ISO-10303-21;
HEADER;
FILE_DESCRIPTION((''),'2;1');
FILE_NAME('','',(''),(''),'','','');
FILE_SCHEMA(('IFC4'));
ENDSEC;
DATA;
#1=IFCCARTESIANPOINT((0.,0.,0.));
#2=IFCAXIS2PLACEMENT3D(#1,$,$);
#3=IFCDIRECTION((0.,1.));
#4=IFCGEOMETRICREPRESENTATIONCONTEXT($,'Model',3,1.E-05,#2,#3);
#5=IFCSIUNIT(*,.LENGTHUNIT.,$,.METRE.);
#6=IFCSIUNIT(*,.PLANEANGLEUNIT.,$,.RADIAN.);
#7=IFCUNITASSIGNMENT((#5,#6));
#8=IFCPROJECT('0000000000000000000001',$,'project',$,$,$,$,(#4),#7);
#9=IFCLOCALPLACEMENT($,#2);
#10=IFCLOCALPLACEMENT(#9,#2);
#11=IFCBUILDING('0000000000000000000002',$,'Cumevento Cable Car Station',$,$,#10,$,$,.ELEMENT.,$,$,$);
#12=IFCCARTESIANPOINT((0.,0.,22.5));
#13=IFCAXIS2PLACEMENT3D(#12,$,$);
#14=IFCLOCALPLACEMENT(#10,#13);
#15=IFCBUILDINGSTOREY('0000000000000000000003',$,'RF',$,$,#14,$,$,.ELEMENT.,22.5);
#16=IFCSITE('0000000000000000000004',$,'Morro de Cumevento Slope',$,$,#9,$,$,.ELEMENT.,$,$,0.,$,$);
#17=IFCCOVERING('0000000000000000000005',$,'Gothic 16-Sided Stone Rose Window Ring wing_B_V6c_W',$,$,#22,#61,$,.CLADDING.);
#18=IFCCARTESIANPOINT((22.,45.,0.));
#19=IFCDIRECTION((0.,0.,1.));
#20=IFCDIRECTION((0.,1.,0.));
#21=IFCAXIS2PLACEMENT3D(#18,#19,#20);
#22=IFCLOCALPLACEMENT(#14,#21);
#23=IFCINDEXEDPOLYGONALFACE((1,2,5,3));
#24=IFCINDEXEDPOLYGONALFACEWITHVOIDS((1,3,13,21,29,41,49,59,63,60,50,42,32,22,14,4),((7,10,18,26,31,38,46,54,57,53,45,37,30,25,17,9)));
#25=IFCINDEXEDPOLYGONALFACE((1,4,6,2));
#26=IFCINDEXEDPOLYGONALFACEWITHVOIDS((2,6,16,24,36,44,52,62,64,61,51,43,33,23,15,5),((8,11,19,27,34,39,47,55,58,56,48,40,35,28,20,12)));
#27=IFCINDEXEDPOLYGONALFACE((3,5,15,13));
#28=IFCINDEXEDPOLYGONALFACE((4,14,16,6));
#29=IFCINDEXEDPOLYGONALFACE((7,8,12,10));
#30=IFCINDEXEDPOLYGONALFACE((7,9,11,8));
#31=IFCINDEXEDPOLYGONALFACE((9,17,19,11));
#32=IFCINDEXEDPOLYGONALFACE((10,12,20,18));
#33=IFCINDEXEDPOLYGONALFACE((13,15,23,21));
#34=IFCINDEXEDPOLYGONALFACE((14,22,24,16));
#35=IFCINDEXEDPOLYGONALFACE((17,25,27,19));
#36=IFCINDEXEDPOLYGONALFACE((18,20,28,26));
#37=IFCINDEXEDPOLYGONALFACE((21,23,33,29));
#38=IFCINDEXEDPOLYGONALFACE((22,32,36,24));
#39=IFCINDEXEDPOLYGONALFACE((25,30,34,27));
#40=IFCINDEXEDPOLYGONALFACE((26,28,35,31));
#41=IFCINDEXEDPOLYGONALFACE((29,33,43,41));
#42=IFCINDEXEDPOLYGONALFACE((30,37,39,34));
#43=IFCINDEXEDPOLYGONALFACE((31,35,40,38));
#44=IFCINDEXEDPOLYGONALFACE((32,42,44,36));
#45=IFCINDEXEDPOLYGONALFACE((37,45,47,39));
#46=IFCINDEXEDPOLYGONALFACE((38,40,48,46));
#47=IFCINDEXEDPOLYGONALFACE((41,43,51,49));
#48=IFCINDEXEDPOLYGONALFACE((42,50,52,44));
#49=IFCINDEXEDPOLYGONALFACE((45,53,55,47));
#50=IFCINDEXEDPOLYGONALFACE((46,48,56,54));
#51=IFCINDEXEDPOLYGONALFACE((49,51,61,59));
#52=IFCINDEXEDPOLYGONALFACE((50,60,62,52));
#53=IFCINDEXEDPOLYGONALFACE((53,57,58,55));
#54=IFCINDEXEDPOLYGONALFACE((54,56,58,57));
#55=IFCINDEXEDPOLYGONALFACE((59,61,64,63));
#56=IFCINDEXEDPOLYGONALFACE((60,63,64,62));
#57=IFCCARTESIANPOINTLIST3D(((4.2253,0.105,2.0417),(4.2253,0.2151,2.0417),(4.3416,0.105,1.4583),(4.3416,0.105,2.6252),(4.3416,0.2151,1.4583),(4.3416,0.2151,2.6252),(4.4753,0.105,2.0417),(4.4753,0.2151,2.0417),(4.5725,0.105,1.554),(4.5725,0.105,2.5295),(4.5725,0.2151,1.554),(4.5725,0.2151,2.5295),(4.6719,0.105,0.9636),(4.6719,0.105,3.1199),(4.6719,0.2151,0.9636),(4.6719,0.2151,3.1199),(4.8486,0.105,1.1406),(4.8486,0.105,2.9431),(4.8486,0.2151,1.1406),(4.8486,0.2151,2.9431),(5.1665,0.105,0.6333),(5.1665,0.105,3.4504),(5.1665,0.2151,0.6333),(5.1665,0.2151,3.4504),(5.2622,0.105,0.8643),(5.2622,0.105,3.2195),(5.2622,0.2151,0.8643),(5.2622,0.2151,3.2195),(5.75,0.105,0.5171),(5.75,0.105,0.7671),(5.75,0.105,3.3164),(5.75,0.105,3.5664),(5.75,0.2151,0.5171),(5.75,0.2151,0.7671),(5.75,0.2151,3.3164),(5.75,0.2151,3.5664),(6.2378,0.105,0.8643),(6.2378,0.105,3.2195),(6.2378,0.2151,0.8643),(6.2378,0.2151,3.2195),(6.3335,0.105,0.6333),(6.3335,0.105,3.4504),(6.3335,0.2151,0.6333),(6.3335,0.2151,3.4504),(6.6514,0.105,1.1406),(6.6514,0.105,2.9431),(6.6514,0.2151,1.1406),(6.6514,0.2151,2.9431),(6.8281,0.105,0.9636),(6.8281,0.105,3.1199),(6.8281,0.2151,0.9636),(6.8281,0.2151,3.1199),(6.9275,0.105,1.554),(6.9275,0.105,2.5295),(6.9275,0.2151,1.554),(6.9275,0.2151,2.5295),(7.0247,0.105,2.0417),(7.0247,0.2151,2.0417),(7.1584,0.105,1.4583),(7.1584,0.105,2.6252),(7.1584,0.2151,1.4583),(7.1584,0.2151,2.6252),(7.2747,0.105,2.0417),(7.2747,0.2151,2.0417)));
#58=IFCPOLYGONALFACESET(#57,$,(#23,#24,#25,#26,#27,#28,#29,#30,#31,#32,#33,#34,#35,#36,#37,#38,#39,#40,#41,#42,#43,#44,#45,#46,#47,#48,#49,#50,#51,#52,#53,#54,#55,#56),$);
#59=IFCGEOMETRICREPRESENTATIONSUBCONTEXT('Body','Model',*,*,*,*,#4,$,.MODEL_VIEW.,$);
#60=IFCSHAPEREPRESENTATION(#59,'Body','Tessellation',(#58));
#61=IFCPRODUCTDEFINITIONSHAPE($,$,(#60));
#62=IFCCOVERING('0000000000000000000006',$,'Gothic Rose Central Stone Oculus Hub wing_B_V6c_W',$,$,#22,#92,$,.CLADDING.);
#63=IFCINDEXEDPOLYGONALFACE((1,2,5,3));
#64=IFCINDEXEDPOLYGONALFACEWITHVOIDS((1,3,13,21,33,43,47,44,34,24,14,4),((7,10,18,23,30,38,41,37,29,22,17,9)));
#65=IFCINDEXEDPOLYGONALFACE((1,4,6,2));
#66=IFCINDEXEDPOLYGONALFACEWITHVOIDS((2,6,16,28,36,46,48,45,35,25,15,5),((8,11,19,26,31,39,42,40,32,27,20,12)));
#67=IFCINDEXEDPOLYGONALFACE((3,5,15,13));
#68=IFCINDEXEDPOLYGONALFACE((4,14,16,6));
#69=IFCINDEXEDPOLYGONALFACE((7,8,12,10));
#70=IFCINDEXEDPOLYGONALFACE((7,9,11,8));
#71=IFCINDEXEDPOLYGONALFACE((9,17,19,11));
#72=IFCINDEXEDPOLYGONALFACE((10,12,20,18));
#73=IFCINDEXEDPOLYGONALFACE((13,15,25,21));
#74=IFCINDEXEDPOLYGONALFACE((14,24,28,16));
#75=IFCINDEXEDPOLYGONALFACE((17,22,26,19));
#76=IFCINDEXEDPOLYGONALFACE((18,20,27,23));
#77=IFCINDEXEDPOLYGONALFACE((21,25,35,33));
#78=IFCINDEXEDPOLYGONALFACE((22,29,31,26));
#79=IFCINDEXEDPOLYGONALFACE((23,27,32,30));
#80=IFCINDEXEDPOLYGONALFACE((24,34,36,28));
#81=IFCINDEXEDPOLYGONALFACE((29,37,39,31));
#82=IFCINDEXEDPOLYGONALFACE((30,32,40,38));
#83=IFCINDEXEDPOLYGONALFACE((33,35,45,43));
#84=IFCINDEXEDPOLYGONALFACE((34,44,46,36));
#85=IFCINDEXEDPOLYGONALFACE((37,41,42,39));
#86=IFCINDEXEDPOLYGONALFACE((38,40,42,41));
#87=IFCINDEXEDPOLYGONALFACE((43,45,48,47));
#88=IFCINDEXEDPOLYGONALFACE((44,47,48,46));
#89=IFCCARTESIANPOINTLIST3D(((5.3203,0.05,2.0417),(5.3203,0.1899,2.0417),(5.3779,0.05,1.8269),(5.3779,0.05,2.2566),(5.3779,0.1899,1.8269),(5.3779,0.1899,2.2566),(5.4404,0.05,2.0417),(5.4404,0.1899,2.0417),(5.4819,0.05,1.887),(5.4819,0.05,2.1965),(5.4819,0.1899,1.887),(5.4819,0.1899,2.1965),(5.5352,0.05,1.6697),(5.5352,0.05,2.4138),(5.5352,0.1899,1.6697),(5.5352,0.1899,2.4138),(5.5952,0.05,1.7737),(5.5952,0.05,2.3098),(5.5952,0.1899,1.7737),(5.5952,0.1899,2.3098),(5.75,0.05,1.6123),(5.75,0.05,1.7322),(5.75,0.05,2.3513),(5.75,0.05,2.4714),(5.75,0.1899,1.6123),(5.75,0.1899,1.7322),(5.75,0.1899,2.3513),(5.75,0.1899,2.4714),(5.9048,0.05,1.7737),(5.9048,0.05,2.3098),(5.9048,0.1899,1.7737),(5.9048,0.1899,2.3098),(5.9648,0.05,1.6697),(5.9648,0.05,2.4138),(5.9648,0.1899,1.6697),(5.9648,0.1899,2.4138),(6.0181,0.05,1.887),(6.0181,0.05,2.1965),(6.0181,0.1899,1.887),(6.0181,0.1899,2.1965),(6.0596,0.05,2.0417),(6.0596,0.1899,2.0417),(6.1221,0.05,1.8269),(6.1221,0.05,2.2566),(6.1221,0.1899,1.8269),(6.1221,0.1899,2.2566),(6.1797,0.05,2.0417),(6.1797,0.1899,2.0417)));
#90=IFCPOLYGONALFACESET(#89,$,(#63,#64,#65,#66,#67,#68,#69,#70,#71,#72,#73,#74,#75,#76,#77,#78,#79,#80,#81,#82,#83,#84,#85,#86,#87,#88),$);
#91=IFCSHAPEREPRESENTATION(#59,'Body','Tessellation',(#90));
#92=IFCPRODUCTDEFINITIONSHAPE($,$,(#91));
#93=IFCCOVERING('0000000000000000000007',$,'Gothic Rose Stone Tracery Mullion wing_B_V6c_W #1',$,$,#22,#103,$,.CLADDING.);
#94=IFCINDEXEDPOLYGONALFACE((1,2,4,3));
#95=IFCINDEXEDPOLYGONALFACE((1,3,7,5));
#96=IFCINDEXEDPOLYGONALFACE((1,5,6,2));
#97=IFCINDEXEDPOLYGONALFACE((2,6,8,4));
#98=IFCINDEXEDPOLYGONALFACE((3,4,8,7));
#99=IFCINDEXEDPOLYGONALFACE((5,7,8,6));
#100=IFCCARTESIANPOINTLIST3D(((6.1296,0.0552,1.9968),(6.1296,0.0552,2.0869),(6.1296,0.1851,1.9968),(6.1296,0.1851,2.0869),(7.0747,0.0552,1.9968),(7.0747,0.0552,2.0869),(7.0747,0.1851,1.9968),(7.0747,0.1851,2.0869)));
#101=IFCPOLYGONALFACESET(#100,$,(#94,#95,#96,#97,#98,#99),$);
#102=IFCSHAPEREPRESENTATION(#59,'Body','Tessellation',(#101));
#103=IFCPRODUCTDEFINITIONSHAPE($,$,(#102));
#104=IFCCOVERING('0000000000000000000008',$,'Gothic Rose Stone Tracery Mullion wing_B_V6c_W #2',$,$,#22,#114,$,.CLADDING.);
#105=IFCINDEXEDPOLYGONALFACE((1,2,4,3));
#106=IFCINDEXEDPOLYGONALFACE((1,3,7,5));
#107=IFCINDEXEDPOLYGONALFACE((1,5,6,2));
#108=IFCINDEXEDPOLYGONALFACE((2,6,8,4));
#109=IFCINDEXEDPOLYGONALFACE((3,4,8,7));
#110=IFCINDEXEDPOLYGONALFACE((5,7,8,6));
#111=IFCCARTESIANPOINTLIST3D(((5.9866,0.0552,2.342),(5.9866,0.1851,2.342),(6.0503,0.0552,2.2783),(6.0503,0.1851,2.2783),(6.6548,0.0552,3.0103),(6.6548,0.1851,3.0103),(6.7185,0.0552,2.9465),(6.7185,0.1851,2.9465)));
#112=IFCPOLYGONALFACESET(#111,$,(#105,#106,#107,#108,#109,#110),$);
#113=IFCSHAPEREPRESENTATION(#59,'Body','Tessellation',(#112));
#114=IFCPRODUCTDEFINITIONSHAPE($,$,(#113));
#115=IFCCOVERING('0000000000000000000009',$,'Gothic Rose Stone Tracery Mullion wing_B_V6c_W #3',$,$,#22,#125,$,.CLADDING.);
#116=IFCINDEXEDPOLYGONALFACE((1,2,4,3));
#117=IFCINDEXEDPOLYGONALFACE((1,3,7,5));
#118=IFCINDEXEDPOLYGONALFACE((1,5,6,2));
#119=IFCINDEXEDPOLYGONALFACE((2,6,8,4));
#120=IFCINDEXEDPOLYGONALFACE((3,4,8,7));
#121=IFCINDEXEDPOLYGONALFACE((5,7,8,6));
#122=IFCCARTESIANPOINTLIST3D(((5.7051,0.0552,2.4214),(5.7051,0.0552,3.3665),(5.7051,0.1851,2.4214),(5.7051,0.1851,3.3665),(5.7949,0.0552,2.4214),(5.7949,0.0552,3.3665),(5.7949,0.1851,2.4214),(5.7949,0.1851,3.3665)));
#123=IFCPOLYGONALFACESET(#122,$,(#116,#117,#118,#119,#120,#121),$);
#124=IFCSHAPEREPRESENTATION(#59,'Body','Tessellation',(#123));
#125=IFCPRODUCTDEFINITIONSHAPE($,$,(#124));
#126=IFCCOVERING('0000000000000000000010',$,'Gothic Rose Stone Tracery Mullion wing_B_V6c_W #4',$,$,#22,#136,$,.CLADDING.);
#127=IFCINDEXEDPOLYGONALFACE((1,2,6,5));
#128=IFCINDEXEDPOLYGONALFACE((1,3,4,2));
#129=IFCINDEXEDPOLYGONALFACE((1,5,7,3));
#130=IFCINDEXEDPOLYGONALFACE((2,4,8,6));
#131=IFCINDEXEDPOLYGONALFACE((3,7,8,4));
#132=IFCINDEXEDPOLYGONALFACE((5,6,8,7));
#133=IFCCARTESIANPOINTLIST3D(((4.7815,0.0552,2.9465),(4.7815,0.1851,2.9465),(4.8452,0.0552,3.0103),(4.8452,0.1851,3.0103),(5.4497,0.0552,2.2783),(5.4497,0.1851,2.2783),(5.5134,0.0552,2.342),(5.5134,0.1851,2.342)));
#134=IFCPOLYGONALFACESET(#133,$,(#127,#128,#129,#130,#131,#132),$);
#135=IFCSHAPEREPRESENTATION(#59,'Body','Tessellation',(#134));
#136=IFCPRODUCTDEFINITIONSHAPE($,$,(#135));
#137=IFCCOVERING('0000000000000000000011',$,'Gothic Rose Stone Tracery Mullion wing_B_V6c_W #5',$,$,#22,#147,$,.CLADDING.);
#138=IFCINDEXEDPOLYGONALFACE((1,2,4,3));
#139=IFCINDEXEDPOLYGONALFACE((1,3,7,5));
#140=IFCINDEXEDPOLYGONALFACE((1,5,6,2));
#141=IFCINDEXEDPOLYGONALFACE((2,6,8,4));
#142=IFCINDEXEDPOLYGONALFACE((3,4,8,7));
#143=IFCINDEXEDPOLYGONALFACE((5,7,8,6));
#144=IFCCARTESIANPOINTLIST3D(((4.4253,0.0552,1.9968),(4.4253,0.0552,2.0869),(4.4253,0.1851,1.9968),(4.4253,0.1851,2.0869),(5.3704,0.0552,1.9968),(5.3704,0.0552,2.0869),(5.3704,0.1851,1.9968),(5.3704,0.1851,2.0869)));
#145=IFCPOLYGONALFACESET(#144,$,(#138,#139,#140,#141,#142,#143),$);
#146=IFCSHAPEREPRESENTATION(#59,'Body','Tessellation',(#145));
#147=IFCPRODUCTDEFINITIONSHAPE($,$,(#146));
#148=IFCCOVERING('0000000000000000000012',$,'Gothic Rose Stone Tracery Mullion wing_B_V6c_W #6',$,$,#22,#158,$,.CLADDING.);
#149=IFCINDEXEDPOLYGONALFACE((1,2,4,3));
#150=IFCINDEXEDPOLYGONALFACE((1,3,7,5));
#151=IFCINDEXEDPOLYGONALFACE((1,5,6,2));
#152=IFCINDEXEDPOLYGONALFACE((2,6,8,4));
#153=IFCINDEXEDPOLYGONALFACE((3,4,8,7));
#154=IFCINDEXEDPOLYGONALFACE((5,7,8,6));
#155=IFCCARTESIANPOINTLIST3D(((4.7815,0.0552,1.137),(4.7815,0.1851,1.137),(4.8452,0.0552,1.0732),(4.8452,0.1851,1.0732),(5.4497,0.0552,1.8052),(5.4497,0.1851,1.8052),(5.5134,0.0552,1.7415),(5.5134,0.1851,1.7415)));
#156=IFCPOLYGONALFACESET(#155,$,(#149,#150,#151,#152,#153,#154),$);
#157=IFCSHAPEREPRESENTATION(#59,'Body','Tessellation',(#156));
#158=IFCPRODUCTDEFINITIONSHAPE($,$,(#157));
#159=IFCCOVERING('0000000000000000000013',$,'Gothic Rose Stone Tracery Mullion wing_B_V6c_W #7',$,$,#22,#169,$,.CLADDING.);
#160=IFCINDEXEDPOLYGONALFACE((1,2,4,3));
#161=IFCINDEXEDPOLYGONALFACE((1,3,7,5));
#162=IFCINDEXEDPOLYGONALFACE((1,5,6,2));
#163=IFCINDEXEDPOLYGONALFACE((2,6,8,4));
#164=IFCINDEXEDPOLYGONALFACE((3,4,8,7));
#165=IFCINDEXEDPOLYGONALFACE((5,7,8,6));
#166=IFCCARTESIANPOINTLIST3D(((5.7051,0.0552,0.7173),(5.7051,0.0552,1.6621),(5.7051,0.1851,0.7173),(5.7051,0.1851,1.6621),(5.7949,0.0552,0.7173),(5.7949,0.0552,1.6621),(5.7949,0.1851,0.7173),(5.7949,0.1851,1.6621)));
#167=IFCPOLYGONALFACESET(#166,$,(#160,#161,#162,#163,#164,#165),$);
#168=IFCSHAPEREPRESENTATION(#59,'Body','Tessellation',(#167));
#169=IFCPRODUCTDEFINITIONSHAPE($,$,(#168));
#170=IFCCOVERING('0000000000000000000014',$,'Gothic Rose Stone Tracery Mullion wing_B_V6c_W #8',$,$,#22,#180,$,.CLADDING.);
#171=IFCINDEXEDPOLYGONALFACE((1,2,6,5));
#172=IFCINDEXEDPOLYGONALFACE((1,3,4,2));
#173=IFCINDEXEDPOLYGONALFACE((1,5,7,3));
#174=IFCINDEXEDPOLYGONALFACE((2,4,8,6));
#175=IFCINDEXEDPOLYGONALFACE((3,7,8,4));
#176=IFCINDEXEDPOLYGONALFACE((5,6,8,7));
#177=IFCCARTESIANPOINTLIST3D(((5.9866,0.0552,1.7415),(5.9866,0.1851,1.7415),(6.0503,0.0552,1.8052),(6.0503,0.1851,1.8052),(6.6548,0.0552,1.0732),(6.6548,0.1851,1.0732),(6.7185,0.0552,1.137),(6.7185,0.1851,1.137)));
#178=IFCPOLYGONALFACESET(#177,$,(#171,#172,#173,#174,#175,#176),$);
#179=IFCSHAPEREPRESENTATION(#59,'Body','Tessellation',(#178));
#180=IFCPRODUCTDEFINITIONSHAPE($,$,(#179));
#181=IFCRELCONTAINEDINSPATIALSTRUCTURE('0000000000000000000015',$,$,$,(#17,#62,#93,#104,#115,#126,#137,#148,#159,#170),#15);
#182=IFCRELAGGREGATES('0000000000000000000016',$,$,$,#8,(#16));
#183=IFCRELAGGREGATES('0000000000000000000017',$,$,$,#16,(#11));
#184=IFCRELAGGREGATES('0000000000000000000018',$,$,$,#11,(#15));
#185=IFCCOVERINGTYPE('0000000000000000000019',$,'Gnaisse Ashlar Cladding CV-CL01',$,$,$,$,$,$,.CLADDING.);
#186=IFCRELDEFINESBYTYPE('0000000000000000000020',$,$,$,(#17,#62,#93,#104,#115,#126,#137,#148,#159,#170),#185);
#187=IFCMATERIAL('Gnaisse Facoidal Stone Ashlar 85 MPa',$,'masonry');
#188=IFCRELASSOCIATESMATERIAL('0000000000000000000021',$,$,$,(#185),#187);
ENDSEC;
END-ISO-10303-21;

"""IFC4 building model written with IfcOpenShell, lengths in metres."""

from ifc_helpers import new_model, si_unit, direction, frame, origin, place, context, subcontext, project, spatial, polyline, outline, extrude, material, type_object, element, save


model = new_model("IFC4")

# Units and contexts
model_context = context("Model", 3, precision=1e-05, world=origin(), true_north=direction((0.0, 1.0)))
body_context = subcontext(model_context, "Body", "Model", "MODEL_VIEW")
ifc_project = project(units=[si_unit("LENGTHUNIT", "METRE"), si_unit("PLANEANGLEUNIT", "RADIAN")], contexts=[model_context])

# Site, building, storey
site_placement = place(None, origin())
site = spatial("IfcSite", under=ifc_project, at=site_placement, Name="Morro de Cumevento Slope", CompositionType="ELEMENT", RefElevation=0.0)
building_placement = place(site_placement, origin())
building = spatial("IfcBuilding", under=site, at=building_placement, Name="Cumevento Cable Car Station", CompositionType="ELEMENT")
storey_placement = place(building_placement, frame((0.0, 0.0, 22.5)))
storey = spatial("IfcBuildingStorey", under=building, at=storey_placement, Name="RF", CompositionType="ELEMENT", Elevation=22.5)

# Coverings
ifc_material_1 = material(Name="Gnaisse Facoidal Stone Ashlar 85 MPa", Category="masonry")
covering_type = type_object("IfcCoveringType", Name="Gnaisse Ashlar Cladding CV-CL01", PredefinedType="CLADDING", material=ifc_material_1)
placement_1 = place(storey_placement, frame((22.0, 45.0, 0.0), z_axis=(0.0, 0.0, 1.0), x_axis=(0.0, 1.0, 0.0)))
element("IfcCovering", 1, at=placement_1, inside=storey, type_object=covering_type, Name="Gothic 16-Sided Stone Rose Window Ring wing_B_V6c_W", PredefinedType="CLADDING", context=body_context, shape_type="SweptSolid", body=[
    extrude(outline(polyline([(7.2747, 2.0417), (7.1584, 2.6252), (6.8281, 3.1199), (6.3335, 3.4504), (5.75, 3.5664), (5.1665, 3.4504), (4.6719, 3.1199), (4.3416, 2.6252), (4.2253, 2.0417), (4.3416, 1.4583), (4.6719, 0.9636), (5.1665, 0.6333), (5.75, 0.5171), (6.3335, 0.6333), (6.8281, 0.9636), (7.1584, 1.4583), (7.2747, 2.0417)]), holes=[polyline([(7.0247, 2.0417), (6.9275, 2.5295), (6.6514, 2.9431), (6.2378, 3.2195), (5.75, 3.3164), (5.2622, 3.2195), (4.8486, 2.9431), (4.5725, 2.5295), (4.4753, 2.0417), (4.5725, 1.554), (4.8486, 1.1406), (5.2622, 0.8643), (5.75, 0.7671), (6.2378, 0.8643), (6.6514, 1.1406), (6.9275, 1.554), (7.0247, 2.0417)])]), frame((0.0, 0.2151, 0.0), z_axis=(0.0, -1.0, 0.0), x_axis=(1.0, 0.0, 0.0)), (0.0, 0.0, 1.0), 0.1101),
])
element("IfcCovering", 2, at=placement_1, inside=storey, type_object=covering_type, Name="Gothic Rose Central Stone Oculus Hub wing_B_V6c_W", PredefinedType="CLADDING", context=body_context, shape_type="SweptSolid", body=[
    extrude(outline(polyline([(6.1797, 2.0417), (6.1221, 2.2566), (5.9648, 2.4138), (5.75, 2.4714), (5.5352, 2.4138), (5.3779, 2.2566), (5.3203, 2.0417), (5.3779, 1.8269), (5.5352, 1.6697), (5.75, 1.6123), (5.9648, 1.6697), (6.1221, 1.8269), (6.1797, 2.0417)]), holes=[polyline([(6.0596, 2.0417), (6.0181, 2.1965), (5.9048, 2.3098), (5.75, 2.3513), (5.5952, 2.3098), (5.4819, 2.1965), (5.4404, 2.0417), (5.4819, 1.887), (5.5952, 1.7737), (5.75, 1.7322), (5.9048, 1.7737), (6.0181, 1.887), (6.0596, 2.0417)])]), frame((0.0, 0.1899, 0.0), z_axis=(0.0, -1.0, 0.0), x_axis=(1.0, 0.0, 0.0)), (0.0, 0.0, 1.0), 0.1399),
])
element("IfcCovering", 3, at=placement_1, inside=storey, type_object=covering_type, Name="Gothic Rose Stone Tracery Mullion wing_B_V6c_W #1", PredefinedType="CLADDING", context=body_context, shape_type="SweptSolid", body=[
    extrude(outline(polyline([(6.1296, 2.0869), (7.0747, 2.0869), (7.0747, 1.9968), (6.1296, 1.9968), (6.1296, 2.0869)])), frame((0.0, 0.1851, 0.0), z_axis=(0.0, -1.0, 0.0), x_axis=(1.0, 0.0, 0.0)), (0.0, 0.0, 1.0), 0.1299),
])
element("IfcCovering", 4, at=placement_1, inside=storey, type_object=covering_type, Name="Gothic Rose Stone Tracery Mullion wing_B_V6c_W #2", PredefinedType="CLADDING", context=body_context, shape_type="SweptSolid", body=[
    extrude(outline(polyline([(5.9866, 2.342), (6.6548, 3.0103), (6.7185, 2.9465), (6.0503, 2.2783), (5.9866, 2.342)])), frame((0.0, 0.1851, 0.0), z_axis=(0.0, -1.0, 0.0), x_axis=(1.0, 0.0, 0.0)), (0.0, 0.0, 1.0), 0.1299),
])
element("IfcCovering", 5, at=placement_1, inside=storey, type_object=covering_type, Name="Gothic Rose Stone Tracery Mullion wing_B_V6c_W #3", PredefinedType="CLADDING", context=body_context, shape_type="SweptSolid", body=[
    extrude(outline(polyline([(5.7051, 2.4214), (5.7051, 3.3665), (5.7949, 3.3665), (5.7949, 2.4214), (5.7051, 2.4214)])), frame((0.0, 0.1851, 0.0), z_axis=(0.0, -1.0, 0.0), x_axis=(1.0, 0.0, 0.0)), (0.0, 0.0, 1.0), 0.1299),
])
element("IfcCovering", 6, at=placement_1, inside=storey, type_object=covering_type, Name="Gothic Rose Stone Tracery Mullion wing_B_V6c_W #4", PredefinedType="CLADDING", context=body_context, shape_type="SweptSolid", body=[
    extrude(outline(polyline([(5.4497, 2.2783), (4.7815, 2.9465), (4.8452, 3.0103), (5.5134, 2.342), (5.4497, 2.2783)])), frame((0.0, 0.1851, 0.0), z_axis=(0.0, -1.0, 0.0), x_axis=(1.0, 0.0, 0.0)), (0.0, 0.0, 1.0), 0.1299),
])
element("IfcCovering", 7, at=placement_1, inside=storey, type_object=covering_type, Name="Gothic Rose Stone Tracery Mullion wing_B_V6c_W #5", PredefinedType="CLADDING", context=body_context, shape_type="SweptSolid", body=[
    extrude(outline(polyline([(5.3704, 1.9968), (4.4253, 1.9968), (4.4253, 2.0869), (5.3704, 2.0869), (5.3704, 1.9968)])), frame((0.0, 0.1851, 0.0), z_axis=(0.0, -1.0, 0.0), x_axis=(1.0, 0.0, 0.0)), (0.0, 0.0, 1.0), 0.1299),
])
element("IfcCovering", 8, at=placement_1, inside=storey, type_object=covering_type, Name="Gothic Rose Stone Tracery Mullion wing_B_V6c_W #6", PredefinedType="CLADDING", context=body_context, shape_type="SweptSolid", body=[
    extrude(outline(polyline([(5.5134, 1.7415), (4.8452, 1.0732), (4.7815, 1.137), (5.4497, 1.8052), (5.5134, 1.7415)])), frame((0.0, 0.1851, 0.0), z_axis=(0.0, -1.0, 0.0), x_axis=(1.0, 0.0, 0.0)), (0.0, 0.0, 1.0), 0.1299),
])
element("IfcCovering", 9, at=placement_1, inside=storey, type_object=covering_type, Name="Gothic Rose Stone Tracery Mullion wing_B_V6c_W #7", PredefinedType="CLADDING", context=body_context, shape_type="SweptSolid", body=[
    extrude(outline(polyline([(5.7949, 1.6621), (5.7949, 0.7173), (5.7051, 0.7173), (5.7051, 1.6621), (5.7949, 1.6621)])), frame((0.0, 0.1851, 0.0), z_axis=(0.0, -1.0, 0.0), x_axis=(1.0, 0.0, 0.0)), (0.0, 0.0, 1.0), 0.1299),
])
element("IfcCovering", 10, at=placement_1, inside=storey, type_object=covering_type, Name="Gothic Rose Stone Tracery Mullion wing_B_V6c_W #8", PredefinedType="CLADDING", context=body_context, shape_type="SweptSolid", body=[
    extrude(outline(polyline([(6.0503, 1.8052), (6.7185, 1.137), (6.6548, 1.0732), (5.9866, 1.7415), (6.0503, 1.8052)])), frame((0.0, 0.1851, 0.0), z_axis=(0.0, -1.0, 0.0), x_axis=(1.0, 0.0, 0.0)), (0.0, 0.0, 1.0), 0.1299),
])

save(model, "model.ifc")
